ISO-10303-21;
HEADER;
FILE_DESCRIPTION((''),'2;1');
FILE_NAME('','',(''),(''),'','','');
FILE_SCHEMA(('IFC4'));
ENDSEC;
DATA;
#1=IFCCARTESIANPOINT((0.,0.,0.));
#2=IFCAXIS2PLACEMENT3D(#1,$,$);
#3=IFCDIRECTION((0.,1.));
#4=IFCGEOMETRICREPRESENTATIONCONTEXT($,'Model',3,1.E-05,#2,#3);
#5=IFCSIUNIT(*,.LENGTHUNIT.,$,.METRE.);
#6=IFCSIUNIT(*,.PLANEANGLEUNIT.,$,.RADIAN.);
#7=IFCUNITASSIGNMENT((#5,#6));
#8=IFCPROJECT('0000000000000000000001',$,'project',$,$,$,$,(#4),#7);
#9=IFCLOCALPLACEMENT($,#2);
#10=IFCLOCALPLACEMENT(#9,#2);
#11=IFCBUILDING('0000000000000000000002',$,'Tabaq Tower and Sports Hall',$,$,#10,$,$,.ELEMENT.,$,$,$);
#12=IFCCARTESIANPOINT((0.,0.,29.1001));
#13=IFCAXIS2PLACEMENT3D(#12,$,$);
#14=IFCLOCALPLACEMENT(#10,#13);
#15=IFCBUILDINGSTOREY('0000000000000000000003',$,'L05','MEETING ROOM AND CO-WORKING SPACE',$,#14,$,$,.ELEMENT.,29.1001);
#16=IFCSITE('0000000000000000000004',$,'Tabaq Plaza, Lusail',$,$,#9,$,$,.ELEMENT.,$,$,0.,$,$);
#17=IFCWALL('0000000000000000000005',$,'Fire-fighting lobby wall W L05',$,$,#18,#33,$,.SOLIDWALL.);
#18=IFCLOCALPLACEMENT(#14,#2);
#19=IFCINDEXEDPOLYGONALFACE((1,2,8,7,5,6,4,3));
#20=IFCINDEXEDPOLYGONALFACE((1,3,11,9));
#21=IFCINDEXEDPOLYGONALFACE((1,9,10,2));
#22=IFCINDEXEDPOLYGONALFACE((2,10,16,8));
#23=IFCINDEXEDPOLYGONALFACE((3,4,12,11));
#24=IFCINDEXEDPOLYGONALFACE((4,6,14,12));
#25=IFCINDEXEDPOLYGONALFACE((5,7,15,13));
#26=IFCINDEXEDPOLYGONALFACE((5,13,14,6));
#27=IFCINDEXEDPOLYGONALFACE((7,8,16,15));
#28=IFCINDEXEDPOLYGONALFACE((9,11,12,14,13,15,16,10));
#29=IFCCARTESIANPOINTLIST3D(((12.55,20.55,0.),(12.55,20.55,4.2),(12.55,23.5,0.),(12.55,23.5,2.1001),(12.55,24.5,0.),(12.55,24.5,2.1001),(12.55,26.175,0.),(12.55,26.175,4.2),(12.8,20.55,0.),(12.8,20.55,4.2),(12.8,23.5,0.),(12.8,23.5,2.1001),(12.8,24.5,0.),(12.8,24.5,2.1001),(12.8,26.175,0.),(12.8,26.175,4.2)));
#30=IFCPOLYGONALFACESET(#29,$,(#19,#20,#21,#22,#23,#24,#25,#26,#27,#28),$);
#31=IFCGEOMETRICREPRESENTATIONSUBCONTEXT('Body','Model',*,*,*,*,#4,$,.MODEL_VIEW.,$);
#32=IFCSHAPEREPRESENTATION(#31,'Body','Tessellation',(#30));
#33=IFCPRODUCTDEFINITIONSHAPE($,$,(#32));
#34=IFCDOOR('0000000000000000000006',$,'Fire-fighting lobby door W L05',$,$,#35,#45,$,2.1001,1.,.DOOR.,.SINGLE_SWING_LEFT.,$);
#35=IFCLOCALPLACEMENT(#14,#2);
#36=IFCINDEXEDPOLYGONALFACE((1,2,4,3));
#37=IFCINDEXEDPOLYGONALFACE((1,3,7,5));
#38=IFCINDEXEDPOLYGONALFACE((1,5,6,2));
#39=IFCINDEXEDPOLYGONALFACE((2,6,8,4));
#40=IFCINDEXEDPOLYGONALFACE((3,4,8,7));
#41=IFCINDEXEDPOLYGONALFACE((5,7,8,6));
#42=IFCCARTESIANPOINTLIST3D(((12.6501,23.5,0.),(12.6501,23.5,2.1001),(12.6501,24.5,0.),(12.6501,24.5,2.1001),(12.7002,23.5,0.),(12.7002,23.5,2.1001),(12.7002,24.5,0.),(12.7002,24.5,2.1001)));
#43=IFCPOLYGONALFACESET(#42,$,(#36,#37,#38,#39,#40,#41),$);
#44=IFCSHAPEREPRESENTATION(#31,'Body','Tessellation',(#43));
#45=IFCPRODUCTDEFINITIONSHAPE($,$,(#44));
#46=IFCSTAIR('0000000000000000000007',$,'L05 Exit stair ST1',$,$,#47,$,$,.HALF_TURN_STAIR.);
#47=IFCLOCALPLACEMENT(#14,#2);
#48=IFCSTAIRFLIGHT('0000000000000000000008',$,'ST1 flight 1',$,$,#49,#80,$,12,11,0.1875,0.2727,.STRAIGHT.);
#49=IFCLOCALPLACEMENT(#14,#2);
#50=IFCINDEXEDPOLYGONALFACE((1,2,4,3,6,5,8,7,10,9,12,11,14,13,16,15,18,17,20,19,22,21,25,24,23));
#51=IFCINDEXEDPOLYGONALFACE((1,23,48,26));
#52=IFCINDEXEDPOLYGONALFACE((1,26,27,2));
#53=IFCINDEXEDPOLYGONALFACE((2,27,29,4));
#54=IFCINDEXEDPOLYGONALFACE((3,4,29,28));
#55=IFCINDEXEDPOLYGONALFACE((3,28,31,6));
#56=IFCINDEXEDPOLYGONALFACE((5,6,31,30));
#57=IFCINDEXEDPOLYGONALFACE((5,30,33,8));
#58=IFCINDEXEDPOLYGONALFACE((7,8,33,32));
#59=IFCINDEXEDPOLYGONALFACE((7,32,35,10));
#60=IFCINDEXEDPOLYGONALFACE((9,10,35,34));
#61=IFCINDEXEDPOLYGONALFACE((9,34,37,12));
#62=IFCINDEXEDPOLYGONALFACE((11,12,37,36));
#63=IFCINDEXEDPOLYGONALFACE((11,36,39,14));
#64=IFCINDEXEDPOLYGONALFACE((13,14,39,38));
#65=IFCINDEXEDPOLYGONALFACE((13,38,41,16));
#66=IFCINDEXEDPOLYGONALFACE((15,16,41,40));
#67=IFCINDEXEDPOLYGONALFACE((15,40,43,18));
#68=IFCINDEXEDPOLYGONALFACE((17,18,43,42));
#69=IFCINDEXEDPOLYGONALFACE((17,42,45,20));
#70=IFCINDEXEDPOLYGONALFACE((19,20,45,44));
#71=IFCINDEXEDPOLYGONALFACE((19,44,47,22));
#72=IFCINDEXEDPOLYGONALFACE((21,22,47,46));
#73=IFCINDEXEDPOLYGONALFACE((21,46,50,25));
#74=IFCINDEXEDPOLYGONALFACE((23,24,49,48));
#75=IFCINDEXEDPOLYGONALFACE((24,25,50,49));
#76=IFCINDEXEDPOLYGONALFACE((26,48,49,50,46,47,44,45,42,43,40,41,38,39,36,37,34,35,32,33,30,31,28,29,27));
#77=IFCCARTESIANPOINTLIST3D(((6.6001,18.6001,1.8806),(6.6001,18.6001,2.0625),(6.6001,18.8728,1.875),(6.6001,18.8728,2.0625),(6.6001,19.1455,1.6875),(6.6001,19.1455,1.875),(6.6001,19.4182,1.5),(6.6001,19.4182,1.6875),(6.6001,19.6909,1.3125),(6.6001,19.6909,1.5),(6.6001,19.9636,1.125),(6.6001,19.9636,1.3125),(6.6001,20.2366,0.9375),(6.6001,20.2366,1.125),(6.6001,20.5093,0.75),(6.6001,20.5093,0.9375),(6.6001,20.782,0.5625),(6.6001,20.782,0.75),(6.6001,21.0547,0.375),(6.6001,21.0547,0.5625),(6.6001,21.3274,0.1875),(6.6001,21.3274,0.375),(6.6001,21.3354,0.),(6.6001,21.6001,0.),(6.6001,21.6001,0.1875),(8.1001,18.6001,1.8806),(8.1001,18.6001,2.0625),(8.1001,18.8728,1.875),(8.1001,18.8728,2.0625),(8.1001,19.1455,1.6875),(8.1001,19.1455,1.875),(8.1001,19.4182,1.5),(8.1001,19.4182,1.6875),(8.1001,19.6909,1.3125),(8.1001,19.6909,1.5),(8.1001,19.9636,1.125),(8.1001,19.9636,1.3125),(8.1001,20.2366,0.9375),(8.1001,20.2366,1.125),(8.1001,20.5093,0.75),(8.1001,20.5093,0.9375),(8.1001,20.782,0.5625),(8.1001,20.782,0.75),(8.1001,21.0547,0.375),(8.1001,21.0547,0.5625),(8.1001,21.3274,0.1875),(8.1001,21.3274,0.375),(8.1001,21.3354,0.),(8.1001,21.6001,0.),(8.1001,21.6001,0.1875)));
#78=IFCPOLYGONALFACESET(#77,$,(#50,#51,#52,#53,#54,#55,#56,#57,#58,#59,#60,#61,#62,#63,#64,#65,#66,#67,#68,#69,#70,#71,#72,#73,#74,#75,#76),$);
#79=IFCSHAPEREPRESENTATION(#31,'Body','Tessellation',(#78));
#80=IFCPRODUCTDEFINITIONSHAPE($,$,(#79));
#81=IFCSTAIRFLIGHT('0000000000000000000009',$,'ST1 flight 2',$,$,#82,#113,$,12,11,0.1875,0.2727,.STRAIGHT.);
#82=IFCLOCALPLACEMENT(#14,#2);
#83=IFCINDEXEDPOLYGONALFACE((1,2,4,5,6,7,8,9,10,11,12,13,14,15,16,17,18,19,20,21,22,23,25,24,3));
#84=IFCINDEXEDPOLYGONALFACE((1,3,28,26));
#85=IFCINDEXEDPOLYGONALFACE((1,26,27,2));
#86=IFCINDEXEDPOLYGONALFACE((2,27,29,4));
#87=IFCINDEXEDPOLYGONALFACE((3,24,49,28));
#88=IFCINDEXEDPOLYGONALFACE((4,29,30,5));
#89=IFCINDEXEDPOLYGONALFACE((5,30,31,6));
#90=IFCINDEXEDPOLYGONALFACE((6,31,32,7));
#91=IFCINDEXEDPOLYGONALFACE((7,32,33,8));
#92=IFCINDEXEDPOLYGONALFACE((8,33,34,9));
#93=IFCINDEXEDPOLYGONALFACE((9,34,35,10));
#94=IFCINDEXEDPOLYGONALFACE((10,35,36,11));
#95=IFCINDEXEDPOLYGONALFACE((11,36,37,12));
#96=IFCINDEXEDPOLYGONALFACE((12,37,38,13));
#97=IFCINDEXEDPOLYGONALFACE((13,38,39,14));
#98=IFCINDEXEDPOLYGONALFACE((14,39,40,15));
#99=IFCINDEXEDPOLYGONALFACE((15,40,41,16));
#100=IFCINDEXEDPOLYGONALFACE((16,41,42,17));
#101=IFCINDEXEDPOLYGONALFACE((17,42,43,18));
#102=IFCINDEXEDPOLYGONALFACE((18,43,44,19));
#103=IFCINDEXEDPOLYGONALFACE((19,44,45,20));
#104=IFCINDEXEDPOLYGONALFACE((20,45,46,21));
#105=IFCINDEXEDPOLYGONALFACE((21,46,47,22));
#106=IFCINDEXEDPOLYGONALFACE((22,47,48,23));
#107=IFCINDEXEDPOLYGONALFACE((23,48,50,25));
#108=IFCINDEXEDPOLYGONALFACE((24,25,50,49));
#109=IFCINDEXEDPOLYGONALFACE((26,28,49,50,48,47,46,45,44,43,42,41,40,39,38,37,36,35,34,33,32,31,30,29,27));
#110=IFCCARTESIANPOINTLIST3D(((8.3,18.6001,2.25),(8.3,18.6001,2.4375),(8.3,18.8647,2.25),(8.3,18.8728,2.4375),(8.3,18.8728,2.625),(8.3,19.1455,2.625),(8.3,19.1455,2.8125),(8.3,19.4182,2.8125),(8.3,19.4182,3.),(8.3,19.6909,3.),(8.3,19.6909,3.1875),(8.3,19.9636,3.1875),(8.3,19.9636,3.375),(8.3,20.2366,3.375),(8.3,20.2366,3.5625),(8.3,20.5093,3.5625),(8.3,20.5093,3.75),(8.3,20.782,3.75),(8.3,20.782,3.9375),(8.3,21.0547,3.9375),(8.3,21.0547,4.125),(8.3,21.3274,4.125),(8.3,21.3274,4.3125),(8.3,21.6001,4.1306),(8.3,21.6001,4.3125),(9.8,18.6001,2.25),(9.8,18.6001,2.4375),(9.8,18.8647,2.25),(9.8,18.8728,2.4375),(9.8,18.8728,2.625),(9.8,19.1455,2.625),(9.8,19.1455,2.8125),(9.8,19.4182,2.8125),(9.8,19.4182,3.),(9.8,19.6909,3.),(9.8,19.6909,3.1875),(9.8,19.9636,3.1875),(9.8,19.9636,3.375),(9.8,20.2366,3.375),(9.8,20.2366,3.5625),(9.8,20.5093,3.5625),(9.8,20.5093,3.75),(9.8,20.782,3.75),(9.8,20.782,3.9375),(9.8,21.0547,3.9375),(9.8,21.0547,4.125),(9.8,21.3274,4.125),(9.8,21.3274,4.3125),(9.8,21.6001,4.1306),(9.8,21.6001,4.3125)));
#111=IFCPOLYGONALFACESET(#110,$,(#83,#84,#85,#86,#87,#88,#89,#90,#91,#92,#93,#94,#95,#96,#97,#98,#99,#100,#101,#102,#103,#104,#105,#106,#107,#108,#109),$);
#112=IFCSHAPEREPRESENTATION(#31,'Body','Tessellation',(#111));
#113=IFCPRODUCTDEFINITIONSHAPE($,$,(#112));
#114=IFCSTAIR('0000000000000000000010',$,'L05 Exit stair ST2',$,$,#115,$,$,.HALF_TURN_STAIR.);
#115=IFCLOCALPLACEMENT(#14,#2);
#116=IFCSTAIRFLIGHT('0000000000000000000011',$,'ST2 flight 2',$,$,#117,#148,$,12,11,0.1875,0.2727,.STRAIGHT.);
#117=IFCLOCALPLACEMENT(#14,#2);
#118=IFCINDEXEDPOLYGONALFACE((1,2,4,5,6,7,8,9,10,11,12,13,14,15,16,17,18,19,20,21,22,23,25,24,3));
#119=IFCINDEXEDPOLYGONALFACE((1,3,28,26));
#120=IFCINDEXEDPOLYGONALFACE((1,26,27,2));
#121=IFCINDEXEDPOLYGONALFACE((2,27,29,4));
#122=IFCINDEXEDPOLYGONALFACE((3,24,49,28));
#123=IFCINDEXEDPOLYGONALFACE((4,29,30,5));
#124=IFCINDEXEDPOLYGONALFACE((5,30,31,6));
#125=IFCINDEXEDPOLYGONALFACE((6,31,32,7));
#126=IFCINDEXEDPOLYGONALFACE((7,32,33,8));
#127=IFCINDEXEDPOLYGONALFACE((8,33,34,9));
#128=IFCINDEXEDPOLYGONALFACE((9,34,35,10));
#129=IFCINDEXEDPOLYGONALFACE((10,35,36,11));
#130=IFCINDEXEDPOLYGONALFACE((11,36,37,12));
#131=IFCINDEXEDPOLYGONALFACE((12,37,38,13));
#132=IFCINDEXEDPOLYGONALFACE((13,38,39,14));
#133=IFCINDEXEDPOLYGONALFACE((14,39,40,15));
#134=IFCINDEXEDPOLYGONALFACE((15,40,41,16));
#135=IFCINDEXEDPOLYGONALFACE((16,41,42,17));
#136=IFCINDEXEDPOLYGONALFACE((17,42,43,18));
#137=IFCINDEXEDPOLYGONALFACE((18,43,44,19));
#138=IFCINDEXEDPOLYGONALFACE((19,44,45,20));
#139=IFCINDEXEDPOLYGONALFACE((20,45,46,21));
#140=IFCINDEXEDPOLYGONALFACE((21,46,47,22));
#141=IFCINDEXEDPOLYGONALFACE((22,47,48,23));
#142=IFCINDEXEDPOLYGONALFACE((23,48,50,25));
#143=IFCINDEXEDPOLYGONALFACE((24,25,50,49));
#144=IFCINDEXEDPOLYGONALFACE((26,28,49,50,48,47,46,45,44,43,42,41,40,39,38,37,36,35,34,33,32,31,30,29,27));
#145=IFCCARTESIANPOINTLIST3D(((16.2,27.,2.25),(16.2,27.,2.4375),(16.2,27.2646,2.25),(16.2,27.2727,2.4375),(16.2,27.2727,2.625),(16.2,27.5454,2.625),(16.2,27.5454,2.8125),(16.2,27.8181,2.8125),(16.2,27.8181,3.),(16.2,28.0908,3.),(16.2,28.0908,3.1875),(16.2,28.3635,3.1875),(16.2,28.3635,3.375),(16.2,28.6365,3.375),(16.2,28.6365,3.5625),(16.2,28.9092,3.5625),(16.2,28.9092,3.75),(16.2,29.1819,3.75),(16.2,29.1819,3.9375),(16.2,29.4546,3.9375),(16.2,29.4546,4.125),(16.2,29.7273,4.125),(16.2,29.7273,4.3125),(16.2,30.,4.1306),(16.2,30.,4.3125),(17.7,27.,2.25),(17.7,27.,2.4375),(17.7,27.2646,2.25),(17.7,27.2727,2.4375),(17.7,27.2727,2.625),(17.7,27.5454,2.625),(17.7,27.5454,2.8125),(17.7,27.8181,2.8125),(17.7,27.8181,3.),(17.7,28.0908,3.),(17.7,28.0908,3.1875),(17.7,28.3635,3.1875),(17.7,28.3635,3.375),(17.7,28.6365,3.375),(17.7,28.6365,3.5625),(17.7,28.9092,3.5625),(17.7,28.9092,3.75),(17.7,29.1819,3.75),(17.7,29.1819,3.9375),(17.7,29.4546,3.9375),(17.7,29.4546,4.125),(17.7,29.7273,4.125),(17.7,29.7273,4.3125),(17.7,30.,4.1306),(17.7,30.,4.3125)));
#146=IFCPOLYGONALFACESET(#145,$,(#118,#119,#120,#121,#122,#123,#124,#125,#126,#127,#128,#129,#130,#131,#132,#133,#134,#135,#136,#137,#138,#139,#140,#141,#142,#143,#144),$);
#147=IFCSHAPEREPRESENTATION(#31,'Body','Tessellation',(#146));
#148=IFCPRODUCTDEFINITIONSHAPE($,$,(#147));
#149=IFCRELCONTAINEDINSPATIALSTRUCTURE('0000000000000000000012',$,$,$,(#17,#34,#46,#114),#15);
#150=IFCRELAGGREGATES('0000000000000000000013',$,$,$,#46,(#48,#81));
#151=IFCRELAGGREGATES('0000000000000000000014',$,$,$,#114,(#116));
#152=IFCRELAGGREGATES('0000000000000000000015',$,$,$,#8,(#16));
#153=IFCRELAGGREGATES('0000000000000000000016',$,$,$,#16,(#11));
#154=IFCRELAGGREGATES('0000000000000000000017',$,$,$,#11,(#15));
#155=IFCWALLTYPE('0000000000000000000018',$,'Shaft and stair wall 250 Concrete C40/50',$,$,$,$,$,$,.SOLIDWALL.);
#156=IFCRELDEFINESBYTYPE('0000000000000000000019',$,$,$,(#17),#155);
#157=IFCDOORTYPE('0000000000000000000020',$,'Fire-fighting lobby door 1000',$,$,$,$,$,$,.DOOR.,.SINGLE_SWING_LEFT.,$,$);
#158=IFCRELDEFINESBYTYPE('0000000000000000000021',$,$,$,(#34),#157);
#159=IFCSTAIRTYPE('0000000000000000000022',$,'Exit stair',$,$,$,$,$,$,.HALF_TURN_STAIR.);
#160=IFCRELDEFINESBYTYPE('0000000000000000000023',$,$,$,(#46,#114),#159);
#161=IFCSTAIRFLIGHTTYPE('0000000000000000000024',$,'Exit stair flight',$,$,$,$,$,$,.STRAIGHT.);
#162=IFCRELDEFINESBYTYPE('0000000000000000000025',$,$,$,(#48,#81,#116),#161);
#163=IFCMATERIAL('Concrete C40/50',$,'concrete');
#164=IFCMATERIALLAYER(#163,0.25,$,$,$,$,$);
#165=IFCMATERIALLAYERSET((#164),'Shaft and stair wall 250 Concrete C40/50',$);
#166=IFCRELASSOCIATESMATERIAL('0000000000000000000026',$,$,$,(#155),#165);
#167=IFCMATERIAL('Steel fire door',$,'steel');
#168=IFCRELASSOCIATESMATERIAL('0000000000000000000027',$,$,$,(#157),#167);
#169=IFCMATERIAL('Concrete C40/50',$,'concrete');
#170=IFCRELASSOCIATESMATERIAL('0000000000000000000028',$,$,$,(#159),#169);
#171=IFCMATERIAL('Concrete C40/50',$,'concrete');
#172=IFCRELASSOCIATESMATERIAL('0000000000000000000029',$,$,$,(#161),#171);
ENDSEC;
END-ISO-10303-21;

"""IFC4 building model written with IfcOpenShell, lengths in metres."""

from ifc_helpers import new_model, si_unit, direction, frame, frame_2d, origin, place, context, subcontext, project, spatial, polyline, rectangle, outline, extrude, material, layer, layer_set, type_object, element, fill, aggregate, save


model = new_model("IFC4")

# Units and contexts
model_context = context("Model", 3, precision=1e-05, world=origin(), true_north=direction((0.0, 1.0)))
body_context = subcontext(model_context, "Body", "Model", "MODEL_VIEW")
ifc_project = project(units=[si_unit("LENGTHUNIT", "METRE"), si_unit("PLANEANGLEUNIT", "RADIAN")], contexts=[model_context])

# Site, building, storey
site_placement = place(None, origin())
site = spatial("IfcSite", under=ifc_project, at=site_placement, Name="Tabaq Plaza, Lusail", CompositionType="ELEMENT", RefElevation=0.0)
building_placement = place(site_placement, origin())
building = spatial("IfcBuilding", under=site, at=building_placement, Name="Tabaq Tower and Sports Hall", CompositionType="ELEMENT")
storey_placement = place(building_placement, frame((0.0, 0.0, 29.1001)))
storey = spatial("IfcBuildingStorey", under=building, at=storey_placement, Name="L05", Description="MEETING ROOM AND CO-WORKING SPACE", CompositionType="ELEMENT", Elevation=29.1001)

# Shared definitions
ifc_material_1 = material(Name="Concrete C40/50", Category="concrete")
ifc_layer_1 = layer(ifc_material_1, 0.25)
ifc_layer_set_1 = layer_set([ifc_layer_1], Name="Shaft and stair wall 250 Concrete C40/50")
wall_type_1 = type_object("IfcWallType", Name="Shaft and stair wall 250 Concrete C40/50", PredefinedType="SOLIDWALL", material=ifc_layer_set_1)

# Wall, opening, door
wall_1_placement = place(storey_placement, frame((12.675, 20.55, 0.0), z_axis=(0.0, 0.0, 1.0), x_axis=(0.0, 1.0, 0.0)))
wall_1 = element("IfcWall", 1, at=wall_1_placement, inside=storey, type_object=wall_type_1, Name="Fire-fighting lobby wall W L05", PredefinedType="SOLIDWALL", context=body_context, shape_type="SweptSolid", body=[
    extrude(rectangle(XDim=5.625, YDim=0.25, at=frame_2d((2.8125, 0.0))), origin(), (0.0, 0.0, 1.0), 4.2),
])
opening_1_placement = place(wall_1_placement, frame((2.95, 0.0, 0.0)))
opening_1 = element("IfcOpeningElement", 2, at=opening_1_placement, cuts=wall_1, PredefinedType="OPENING", context=body_context, shape_type="SweptSolid", body=[
    extrude(rectangle(XDim=1.0, YDim=2.1001, at=frame_2d((0.5, 1.05))), frame((0.0, 0.125, 0.0), z_axis=(0.0, -1.0, 0.0), x_axis=(1.0, 0.0, 0.0)), (0.0, 0.0, 1.0), 0.25),
])
ifc_material_2 = material(Name="Steel fire door", Category="steel")
door_type_1 = type_object("IfcDoorType", Name="Fire-fighting lobby door 1000", OperationType="SINGLE_SWING_LEFT", PredefinedType="DOOR", material=ifc_material_2)
door_1_placement = place(opening_1_placement, origin())
door_1 = element("IfcDoor", 3, at=door_1_placement, inside=storey, type_object=door_type_1, Name="Fire-fighting lobby door W L05", OperationType="SINGLE_SWING_LEFT", OverallHeight=2.1001, OverallWidth=1.0, PredefinedType="DOOR", context=body_context, shape_type="SweptSolid", body=[
    extrude(rectangle(XDim=1.0, YDim=2.1001, at=frame_2d((0.5, 1.05))), frame((0.0, 0.0249, 0.0), z_axis=(0.0, -1.0, 0.0), x_axis=(1.0, 0.0, 0.0)), (0.0, 0.0, 1.0), 0.05),
])
fill(opening_1, door_1)

# Stair, stair flights
ifc_material_3 = material(Name="Concrete C40/50", Category="concrete")
stair_type = type_object("IfcStairType", Name="Exit stair", PredefinedType="HALF_TURN_STAIR", material=ifc_material_3)
stair_1_placement = place(storey_placement, origin())
stair_1 = element("IfcStair", 4, at=stair_1_placement, inside=storey, type_object=stair_type, Name="L05 Exit stair ST1", PredefinedType="HALF_TURN_STAIR")
ifc_material_4 = material(Name="Concrete C40/50", Category="concrete")
stair_flight_type = type_object("IfcStairFlightType", Name="Exit stair flight", PredefinedType="STRAIGHT", material=ifc_material_4)
stair_flight_1_placement = place(storey_placement, frame((7.3501, 21.6001, 0.0), z_axis=(0.0, 0.0, 1.0), x_axis=(0.0, -1.0, 0.0)))
stair_flight_1 = element("IfcStairFlight", 5, at=stair_flight_1_placement, type_object=stair_flight_type, Name="ST1 flight 1", NumberOfRisers=12, NumberOfTreads=11, PredefinedType="STRAIGHT", RiserHeight=0.1875, TreadLength=0.2727, context=body_context, shape_type="SweptSolid", body=[
    extrude(outline(polyline([(0.0, 0.0), (0.0, 0.1875), (0.2727, 0.1875), (0.2727, 0.375), (0.5454, 0.375), (0.5454, 0.5625), (0.8181, 0.5625), (0.8181, 0.75), (1.0908, 0.75), (1.0908, 0.9375), (1.3635, 0.9375), (1.3635, 1.125), (1.6365, 1.125), (1.6365, 1.3125), (1.9092, 1.3125), (1.9092, 1.5), (2.1819, 1.5), (2.1819, 1.6875), (2.4546, 1.6875), (2.4546, 1.875), (2.7273, 1.875), (2.7273, 2.0625), (3.0, 2.0625), (3.0, 2.25), (3.0, 1.8806), (0.2646, 0.0), (0.0, 0.0)])), frame((0.0, 0.75, 0.0), z_axis=(0.0, -1.0, 0.0), x_axis=(1.0, 0.0, 0.0)), (0.0, 0.0, 1.0), 1.5),
])
stair_flight_2_placement = place(storey_placement, frame((9.05, 18.6001, 2.25), z_axis=(0.0, 0.0, 1.0), x_axis=(0.0, 1.0, 0.0)))
stair_flight_2 = element("IfcStairFlight", 6, at=stair_flight_2_placement, type_object=stair_flight_type, Name="ST1 flight 2", NumberOfRisers=12, NumberOfTreads=11, PredefinedType="STRAIGHT", RiserHeight=0.1875, TreadLength=0.2727, context=body_context, shape_type="SweptSolid", body=[
    extrude(outline(polyline([(0.0, 0.0), (0.0, 0.1875), (0.2727, 0.1875), (0.2727, 0.375), (0.5454, 0.375), (0.5454, 0.5625), (0.8181, 0.5625), (0.8181, 0.75), (1.0908, 0.75), (1.0908, 0.9375), (1.3635, 0.9375), (1.3635, 1.125), (1.6365, 1.125), (1.6365, 1.3125), (1.9092, 1.3125), (1.9092, 1.5), (2.1819, 1.5), (2.1819, 1.6875), (2.4546, 1.6875), (2.4546, 1.875), (2.7273, 1.875), (2.7273, 2.0625), (3.0, 2.0625), (3.0, 2.25), (3.0, 1.8806), (0.2646, 0.0), (0.0, 0.0)])), frame((0.0, 0.75, 0.0), z_axis=(0.0, -1.0, 0.0), x_axis=(1.0, 0.0, 0.0)), (0.0, 0.0, 1.0), 1.5),
])
aggregate(stair_1, [stair_flight_1, stair_flight_2])

# Stair, stair flight
stair_2_placement = place(storey_placement, origin())
stair_2 = element("IfcStair", 7, at=stair_2_placement, inside=storey, type_object=stair_type, Name="L05 Exit stair ST2", PredefinedType="HALF_TURN_STAIR")
stair_flight_3_placement = place(storey_placement, frame((16.95, 27.0, 2.25), z_axis=(0.0, 0.0, 1.0), x_axis=(0.0, 1.0, 0.0)))
stair_flight_3 = element("IfcStairFlight", 8, at=stair_flight_3_placement, type_object=stair_flight_type, Name="ST2 flight 2", NumberOfRisers=12, NumberOfTreads=11, PredefinedType="STRAIGHT", RiserHeight=0.1875, TreadLength=0.2727, context=body_context, shape_type="SweptSolid", body=[
    extrude(outline(polyline([(0.0, 0.0), (0.0, 0.1875), (0.2727, 0.1875), (0.2727, 0.375), (0.5454, 0.375), (0.5454, 0.5625), (0.8181, 0.5625), (0.8181, 0.75), (1.0908, 0.75), (1.0908, 0.9375), (1.3635, 0.9375), (1.3635, 1.125), (1.6365, 1.125), (1.6365, 1.3125), (1.9092, 1.3125), (1.9092, 1.5), (2.1819, 1.5), (2.1819, 1.6875), (2.4546, 1.6875), (2.4546, 1.875), (2.7273, 1.875), (2.7273, 2.0625), (3.0, 2.0625), (3.0, 2.25), (3.0, 1.8806), (0.2646, 0.0), (0.0, 0.0)])), frame((0.0, 0.75, 0.0), z_axis=(0.0, -1.0, 0.0), x_axis=(1.0, 0.0, 0.0)), (0.0, 0.0, 1.0), 1.5),
])
aggregate(stair_2, [stair_flight_3])

save(model, "model.ifc")
